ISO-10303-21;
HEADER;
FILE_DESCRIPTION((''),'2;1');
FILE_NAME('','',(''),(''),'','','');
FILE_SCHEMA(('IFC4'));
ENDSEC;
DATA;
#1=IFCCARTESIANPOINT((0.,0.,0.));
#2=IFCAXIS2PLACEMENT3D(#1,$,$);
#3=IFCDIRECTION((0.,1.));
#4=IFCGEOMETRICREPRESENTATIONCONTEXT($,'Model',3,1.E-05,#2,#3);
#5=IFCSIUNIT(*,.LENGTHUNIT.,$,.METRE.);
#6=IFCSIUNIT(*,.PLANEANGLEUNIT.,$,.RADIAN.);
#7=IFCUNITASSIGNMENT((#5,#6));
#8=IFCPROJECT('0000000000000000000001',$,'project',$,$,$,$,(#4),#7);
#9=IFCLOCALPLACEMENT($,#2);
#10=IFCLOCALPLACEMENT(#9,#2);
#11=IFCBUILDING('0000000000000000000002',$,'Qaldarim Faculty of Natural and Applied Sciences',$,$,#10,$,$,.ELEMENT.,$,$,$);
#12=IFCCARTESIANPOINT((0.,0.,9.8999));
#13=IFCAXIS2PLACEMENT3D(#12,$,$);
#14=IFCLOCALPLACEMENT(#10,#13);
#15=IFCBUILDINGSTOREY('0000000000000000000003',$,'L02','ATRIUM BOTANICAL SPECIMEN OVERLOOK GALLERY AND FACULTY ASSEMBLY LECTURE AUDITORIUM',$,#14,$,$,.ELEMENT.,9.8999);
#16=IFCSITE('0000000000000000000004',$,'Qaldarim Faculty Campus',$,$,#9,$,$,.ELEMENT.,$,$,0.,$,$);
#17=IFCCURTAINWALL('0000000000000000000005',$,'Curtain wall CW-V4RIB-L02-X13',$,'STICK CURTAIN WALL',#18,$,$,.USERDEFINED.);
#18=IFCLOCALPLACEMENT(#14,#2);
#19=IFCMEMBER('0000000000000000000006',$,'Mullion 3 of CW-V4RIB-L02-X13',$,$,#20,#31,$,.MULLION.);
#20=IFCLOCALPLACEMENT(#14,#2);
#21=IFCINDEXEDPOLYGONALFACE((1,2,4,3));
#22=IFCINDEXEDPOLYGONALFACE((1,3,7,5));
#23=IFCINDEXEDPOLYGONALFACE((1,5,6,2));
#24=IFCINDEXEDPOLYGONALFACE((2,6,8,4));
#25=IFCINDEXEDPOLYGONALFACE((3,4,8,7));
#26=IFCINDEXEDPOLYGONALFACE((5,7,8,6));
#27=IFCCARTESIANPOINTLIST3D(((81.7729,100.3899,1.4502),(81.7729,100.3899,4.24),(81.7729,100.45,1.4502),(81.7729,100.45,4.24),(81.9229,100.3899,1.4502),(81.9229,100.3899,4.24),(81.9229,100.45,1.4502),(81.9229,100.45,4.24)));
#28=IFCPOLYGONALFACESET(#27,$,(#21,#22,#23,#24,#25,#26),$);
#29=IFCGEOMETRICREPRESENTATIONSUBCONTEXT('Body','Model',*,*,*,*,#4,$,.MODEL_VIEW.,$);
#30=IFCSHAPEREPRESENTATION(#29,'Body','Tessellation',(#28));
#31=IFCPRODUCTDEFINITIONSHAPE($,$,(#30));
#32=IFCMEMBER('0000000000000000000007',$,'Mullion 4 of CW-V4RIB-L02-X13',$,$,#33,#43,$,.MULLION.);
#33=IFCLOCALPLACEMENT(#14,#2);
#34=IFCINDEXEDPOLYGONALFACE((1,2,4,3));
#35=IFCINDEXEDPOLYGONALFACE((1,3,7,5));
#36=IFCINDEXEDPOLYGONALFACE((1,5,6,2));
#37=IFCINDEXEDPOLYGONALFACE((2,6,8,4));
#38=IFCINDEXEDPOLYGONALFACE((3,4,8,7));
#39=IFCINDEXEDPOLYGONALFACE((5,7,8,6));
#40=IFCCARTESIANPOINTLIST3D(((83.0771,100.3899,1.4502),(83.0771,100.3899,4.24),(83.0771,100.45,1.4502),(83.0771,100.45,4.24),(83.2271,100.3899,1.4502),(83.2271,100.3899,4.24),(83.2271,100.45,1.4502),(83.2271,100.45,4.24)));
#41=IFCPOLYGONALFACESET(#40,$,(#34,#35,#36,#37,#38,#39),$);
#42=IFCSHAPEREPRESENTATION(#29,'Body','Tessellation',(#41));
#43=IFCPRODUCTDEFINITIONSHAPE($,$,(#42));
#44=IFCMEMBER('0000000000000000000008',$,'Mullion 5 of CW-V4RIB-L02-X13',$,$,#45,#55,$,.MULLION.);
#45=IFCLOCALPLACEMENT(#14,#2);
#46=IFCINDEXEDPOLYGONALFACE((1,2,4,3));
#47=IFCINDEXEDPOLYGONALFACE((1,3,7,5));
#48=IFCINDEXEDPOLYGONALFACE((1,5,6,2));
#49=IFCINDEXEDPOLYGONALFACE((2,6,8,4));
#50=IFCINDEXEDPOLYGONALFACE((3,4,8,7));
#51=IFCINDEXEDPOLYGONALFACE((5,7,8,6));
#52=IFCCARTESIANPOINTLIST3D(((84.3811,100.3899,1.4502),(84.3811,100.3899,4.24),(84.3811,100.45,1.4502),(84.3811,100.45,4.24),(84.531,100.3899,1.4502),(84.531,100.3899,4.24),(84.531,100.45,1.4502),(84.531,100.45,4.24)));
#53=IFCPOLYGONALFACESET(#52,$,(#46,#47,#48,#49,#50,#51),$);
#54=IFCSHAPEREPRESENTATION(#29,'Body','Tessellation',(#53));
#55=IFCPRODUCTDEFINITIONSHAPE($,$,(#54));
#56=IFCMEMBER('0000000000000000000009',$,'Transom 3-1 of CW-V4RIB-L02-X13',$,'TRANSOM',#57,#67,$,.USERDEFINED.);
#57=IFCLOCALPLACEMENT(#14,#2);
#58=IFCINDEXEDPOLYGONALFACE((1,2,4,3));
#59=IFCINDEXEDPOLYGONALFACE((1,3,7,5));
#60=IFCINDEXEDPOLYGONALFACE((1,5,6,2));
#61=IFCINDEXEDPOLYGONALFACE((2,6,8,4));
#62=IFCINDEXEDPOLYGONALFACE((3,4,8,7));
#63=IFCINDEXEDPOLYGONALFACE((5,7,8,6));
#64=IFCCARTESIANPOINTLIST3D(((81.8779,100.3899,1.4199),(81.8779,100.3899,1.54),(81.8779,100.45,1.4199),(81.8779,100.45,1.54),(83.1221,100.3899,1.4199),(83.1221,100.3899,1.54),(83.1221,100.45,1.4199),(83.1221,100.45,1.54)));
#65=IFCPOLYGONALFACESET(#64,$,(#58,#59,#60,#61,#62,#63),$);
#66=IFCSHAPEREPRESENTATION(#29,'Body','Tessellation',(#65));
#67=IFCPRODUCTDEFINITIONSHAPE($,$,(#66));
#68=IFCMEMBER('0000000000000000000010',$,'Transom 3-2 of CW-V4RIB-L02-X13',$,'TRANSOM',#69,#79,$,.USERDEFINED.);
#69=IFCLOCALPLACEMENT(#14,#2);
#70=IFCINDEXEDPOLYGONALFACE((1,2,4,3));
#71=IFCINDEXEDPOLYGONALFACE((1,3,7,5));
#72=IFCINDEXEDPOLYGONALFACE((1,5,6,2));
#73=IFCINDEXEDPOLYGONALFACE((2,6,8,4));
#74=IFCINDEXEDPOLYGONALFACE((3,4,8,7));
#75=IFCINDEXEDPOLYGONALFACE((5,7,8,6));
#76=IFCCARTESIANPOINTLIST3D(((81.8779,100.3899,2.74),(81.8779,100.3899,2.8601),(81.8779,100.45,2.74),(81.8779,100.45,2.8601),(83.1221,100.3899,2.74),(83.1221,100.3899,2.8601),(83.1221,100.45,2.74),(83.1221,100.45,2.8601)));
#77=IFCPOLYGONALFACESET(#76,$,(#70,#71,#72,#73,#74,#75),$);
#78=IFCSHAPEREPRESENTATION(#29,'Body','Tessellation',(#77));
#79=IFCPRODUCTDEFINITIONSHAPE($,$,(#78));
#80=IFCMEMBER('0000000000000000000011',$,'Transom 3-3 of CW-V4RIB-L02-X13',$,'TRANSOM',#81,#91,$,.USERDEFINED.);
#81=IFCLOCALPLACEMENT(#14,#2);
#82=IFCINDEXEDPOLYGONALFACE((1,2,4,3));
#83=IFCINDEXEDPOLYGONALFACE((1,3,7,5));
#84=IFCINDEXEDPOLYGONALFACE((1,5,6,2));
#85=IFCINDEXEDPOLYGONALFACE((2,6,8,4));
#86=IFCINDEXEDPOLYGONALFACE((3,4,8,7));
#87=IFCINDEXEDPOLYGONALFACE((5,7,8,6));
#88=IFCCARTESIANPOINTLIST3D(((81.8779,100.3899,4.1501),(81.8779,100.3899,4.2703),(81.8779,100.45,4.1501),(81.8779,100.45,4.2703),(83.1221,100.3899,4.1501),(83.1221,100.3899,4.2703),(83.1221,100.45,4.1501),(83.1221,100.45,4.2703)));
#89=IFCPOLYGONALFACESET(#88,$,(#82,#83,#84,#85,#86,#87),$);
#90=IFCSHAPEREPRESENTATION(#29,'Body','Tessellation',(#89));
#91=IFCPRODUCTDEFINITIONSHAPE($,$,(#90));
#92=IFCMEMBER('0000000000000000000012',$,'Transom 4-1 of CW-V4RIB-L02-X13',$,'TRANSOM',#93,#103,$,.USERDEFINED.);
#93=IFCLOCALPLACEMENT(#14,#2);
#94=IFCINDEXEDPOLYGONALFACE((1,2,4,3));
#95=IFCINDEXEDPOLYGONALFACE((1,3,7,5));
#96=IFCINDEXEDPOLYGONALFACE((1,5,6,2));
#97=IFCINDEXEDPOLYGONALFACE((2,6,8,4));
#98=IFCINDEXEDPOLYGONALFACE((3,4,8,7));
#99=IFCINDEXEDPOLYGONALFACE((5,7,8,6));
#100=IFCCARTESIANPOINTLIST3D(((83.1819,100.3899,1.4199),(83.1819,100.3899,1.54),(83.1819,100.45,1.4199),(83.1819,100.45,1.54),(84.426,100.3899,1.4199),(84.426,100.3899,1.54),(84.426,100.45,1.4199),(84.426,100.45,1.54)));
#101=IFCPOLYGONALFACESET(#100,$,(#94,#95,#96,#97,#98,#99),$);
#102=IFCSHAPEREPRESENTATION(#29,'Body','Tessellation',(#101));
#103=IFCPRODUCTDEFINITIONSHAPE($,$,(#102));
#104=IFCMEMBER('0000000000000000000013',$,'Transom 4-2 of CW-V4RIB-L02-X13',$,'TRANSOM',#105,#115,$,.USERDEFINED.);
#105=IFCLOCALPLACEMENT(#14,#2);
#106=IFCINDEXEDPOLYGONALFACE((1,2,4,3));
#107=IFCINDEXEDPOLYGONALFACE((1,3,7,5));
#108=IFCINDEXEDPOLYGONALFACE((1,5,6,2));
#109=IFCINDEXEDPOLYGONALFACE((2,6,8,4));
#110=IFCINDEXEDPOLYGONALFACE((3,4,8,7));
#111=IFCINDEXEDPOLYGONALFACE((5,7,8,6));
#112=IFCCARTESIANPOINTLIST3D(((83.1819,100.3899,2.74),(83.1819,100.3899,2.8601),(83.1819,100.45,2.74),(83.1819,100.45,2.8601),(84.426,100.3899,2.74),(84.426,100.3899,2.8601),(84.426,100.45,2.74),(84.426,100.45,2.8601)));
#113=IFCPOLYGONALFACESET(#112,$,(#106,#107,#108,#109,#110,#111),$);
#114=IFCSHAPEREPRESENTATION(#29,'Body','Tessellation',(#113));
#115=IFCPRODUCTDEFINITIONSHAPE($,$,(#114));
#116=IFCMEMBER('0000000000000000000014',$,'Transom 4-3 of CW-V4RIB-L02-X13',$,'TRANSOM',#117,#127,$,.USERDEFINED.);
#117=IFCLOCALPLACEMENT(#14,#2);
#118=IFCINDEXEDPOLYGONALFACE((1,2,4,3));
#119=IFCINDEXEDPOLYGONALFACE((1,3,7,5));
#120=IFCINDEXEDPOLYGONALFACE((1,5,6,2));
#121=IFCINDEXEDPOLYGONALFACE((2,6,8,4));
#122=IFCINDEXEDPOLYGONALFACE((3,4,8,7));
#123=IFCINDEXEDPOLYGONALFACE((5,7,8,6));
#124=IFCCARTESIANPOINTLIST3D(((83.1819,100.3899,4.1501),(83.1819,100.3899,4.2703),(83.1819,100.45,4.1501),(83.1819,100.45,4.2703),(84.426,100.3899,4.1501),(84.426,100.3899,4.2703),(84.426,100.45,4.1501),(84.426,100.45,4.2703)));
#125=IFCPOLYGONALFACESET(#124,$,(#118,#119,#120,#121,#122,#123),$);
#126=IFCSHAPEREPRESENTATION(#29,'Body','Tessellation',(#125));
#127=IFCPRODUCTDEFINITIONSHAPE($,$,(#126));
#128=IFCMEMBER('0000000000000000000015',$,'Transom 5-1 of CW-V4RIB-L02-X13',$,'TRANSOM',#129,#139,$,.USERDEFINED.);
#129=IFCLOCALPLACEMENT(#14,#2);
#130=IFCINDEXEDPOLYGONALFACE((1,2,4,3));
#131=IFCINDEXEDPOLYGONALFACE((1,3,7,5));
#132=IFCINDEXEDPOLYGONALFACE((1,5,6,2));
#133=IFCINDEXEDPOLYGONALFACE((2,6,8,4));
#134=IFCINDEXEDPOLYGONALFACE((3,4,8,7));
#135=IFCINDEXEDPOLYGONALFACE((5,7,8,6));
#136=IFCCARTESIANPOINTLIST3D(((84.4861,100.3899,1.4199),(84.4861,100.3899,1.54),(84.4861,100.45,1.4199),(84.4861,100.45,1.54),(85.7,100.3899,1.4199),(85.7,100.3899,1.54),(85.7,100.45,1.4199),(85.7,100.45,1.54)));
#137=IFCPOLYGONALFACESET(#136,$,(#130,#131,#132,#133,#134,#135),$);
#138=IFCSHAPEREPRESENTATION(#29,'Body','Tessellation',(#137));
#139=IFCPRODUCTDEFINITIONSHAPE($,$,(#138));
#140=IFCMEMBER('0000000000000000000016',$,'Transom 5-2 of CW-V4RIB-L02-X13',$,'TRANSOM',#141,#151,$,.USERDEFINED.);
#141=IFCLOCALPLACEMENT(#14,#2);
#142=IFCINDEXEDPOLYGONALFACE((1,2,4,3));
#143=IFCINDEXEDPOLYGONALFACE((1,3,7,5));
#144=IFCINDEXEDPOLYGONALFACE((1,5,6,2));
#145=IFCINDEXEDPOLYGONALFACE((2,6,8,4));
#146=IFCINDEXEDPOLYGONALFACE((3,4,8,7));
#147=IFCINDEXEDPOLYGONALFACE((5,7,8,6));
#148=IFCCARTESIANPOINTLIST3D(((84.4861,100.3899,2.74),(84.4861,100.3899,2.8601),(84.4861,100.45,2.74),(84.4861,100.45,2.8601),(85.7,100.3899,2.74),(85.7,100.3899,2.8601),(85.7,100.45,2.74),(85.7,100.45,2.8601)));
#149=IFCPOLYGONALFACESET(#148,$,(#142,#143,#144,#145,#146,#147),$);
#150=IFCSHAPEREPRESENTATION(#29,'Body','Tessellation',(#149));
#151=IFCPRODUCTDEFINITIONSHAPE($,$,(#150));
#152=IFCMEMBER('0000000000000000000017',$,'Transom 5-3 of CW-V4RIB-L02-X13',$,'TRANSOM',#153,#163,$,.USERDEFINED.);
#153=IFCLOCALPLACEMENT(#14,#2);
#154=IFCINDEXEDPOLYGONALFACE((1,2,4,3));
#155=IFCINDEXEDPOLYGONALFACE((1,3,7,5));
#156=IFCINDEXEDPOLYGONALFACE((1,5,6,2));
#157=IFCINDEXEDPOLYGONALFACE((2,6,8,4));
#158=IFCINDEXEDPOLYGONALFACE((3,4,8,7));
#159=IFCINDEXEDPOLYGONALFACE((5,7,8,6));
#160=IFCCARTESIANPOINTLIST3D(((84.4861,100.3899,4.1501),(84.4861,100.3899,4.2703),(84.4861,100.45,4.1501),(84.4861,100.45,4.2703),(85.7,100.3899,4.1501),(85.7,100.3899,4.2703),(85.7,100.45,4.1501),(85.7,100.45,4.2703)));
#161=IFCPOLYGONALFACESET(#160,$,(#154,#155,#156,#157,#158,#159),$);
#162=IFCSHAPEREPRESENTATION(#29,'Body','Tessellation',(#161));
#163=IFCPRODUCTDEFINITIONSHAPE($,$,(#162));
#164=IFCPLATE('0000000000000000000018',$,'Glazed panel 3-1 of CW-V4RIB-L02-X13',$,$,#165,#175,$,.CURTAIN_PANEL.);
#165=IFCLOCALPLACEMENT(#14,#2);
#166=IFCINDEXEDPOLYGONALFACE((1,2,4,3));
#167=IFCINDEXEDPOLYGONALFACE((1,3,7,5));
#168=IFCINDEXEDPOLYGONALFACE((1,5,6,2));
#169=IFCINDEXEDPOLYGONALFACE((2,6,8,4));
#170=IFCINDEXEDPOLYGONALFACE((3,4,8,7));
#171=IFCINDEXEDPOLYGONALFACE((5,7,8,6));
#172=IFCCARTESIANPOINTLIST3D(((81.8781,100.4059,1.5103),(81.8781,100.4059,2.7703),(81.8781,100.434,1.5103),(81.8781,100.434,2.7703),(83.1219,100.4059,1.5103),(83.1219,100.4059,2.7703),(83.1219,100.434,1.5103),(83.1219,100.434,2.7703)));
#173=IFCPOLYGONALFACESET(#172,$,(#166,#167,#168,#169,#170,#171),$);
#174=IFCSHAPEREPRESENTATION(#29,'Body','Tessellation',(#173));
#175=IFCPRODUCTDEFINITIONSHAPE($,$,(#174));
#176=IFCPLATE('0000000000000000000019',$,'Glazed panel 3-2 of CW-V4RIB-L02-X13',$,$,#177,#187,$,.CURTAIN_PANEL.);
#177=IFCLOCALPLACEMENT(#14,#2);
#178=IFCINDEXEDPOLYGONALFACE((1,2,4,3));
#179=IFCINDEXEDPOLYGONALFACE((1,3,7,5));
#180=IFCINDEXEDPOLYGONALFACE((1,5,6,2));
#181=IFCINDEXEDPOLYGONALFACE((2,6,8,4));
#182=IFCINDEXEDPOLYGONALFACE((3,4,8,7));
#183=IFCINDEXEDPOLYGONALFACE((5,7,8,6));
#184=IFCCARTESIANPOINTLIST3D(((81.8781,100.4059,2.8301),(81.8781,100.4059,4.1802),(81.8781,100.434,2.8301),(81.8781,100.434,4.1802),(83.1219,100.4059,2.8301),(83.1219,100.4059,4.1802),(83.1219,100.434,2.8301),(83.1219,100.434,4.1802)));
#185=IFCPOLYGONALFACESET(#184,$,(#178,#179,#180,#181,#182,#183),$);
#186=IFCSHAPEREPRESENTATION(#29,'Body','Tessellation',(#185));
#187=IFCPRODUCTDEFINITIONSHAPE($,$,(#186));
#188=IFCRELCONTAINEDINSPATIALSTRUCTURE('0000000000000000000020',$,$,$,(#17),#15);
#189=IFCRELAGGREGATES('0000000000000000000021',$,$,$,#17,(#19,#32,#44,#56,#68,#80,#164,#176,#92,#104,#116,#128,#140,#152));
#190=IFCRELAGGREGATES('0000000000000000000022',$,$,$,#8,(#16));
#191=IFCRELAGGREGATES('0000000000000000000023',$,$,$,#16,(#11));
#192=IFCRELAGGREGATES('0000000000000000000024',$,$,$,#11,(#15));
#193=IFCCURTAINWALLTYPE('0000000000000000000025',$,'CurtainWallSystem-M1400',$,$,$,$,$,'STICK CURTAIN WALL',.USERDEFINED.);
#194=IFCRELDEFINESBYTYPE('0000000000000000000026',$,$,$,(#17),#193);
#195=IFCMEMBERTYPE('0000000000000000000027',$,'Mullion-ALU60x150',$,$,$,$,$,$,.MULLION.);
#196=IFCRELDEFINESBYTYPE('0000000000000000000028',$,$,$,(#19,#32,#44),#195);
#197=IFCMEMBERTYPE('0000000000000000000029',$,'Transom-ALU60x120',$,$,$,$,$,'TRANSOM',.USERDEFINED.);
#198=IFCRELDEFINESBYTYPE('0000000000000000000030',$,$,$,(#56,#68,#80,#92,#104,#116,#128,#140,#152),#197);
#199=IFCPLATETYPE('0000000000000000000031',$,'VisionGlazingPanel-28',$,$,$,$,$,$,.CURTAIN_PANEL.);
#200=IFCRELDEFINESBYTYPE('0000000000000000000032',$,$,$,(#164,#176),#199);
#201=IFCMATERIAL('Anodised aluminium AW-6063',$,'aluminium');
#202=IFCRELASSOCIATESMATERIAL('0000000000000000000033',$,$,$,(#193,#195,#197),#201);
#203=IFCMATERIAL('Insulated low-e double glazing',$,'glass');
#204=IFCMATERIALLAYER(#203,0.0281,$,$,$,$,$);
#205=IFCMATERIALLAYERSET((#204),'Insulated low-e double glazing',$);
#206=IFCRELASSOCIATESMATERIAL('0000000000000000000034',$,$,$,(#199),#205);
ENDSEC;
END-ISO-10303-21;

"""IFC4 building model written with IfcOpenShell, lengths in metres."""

from ifc_helpers import new_model, si_unit, direction, frame, origin, origin_2d, place, context, subcontext, project, spatial, rectangle, extrude, material, layer, layer_set, material_profile, profile_set, type_object, element, aggregate, save


model = new_model("IFC4")

# Units and contexts
model_context = context("Model", 3, precision=1e-05, world=origin(), true_north=direction((0.0, 1.0)))
body_context = subcontext(model_context, "Body", "Model", "MODEL_VIEW")
ifc_project = project(units=[si_unit("LENGTHUNIT", "METRE"), si_unit("PLANEANGLEUNIT", "RADIAN")], contexts=[model_context])

# Site, building, storey
site_placement = place(None, origin())
site = spatial("IfcSite", under=ifc_project, at=site_placement, Name="Qaldarim Faculty Campus", CompositionType="ELEMENT", RefElevation=0.0)
building_placement = place(site_placement, origin())
building = spatial("IfcBuilding", under=site, at=building_placement, Name="Qaldarim Faculty of Natural and Applied Sciences", CompositionType="ELEMENT")
storey_placement = place(building_placement, frame((0.0, 0.0, 9.8999)))
storey = spatial("IfcBuildingStorey", under=building, at=storey_placement, Name="L02", Description="ATRIUM BOTANICAL SPECIMEN OVERLOOK GALLERY AND FACULTY ASSEMBLY LECTURE AUDITORIUM", CompositionType="ELEMENT", Elevation=9.8999)

# Curtain wall, members, plates
ifc_material_1 = material(Name="Anodised aluminium AW-6063", Category="aluminium")
curtain_wall_type = type_object("IfcCurtainWallType", Name="CurtainWallSystem-M1400", ElementType="STICK CURTAIN WALL", PredefinedType="USERDEFINED", material=ifc_material_1)
curtain_wall_placement = place(storey_placement, origin())
curtain_wall = element("IfcCurtainWall", 1, at=curtain_wall_placement, inside=storey, type_object=curtain_wall_type, Name="Curtain wall CW-V4RIB-L02-X13", ObjectType="STICK CURTAIN WALL", PredefinedType="USERDEFINED")
ifc_material_profile_1 = material_profile(ifc_material_1, rectangle(XDim=0.0601, YDim=0.1499, at=origin_2d()), Name="ALU-M60x150")
ifc_profile_set_1 = profile_set([ifc_material_profile_1], Name="Anodised aluminium AW-6063")
member_type_1 = type_object("IfcMemberType", Name="Mullion-ALU60x150", PredefinedType="MULLION", material=ifc_profile_set_1)
member_1_placement = place(storey_placement, frame((81.8479, 100.4199, 1.4502), z_axis=(0.0, 0.0, 1.0), x_axis=(0.0, 1.0, 0.0)))
member_1 = element("IfcMember", 2, at=member_1_placement, type_object=member_type_1, Name="Mullion 3 of CW-V4RIB-L02-X13", PredefinedType="MULLION", context=body_context, shape_type="SweptSolid", body=[
    extrude(rectangle(XDim=0.0601, YDim=0.1499, at=origin_2d()), origin(), (0.0, 0.0, 1.0), 2.7898),
])
member_2_placement = place(storey_placement, frame((83.1521, 100.4199, 1.4502), z_axis=(0.0, 0.0, 1.0), x_axis=(0.0, 1.0, 0.0)))
member_2 = element("IfcMember", 3, at=member_2_placement, type_object=member_type_1, Name="Mullion 4 of CW-V4RIB-L02-X13", PredefinedType="MULLION", context=body_context, shape_type="SweptSolid", body=[
    extrude(rectangle(XDim=0.0601, YDim=0.1499, at=origin_2d()), origin(), (0.0, 0.0, 1.0), 2.7898),
])
member_3_placement = place(storey_placement, frame((84.4561, 100.4199, 1.4502), z_axis=(0.0, 0.0, 1.0), x_axis=(0.0, 1.0, 0.0)))
member_3 = element("IfcMember", 4, at=member_3_placement, type_object=member_type_1, Name="Mullion 5 of CW-V4RIB-L02-X13", PredefinedType="MULLION", context=body_context, shape_type="SweptSolid", body=[
    extrude(rectangle(XDim=0.0601, YDim=0.1499, at=origin_2d()), origin(), (0.0, 0.0, 1.0), 2.7898),
])
ifc_material_profile_2 = material_profile(ifc_material_1, rectangle(XDim=0.0601, YDim=0.1201, at=origin_2d()), Name="ALU-T60x120")
ifc_profile_set_2 = profile_set([ifc_material_profile_2], Name="Anodised aluminium AW-6063")
member_type_2 = type_object("IfcMemberType", Name="Transom-ALU60x120", ElementType="TRANSOM", PredefinedType="USERDEFINED", material=ifc_profile_set_2)
member_4_placement = place(storey_placement, frame((81.8779, 100.4199, 1.48), z_axis=(1.0, 0.0, 0.0), x_axis=(0.0, 1.0, 0.0)))
member_4 = element("IfcMember", 5, at=member_4_placement, type_object=member_type_2, Name="Transom 3-1 of CW-V4RIB-L02-X13", ObjectType="TRANSOM", PredefinedType="USERDEFINED", context=body_context, shape_type="SweptSolid", body=[
    extrude(rectangle(XDim=0.0601, YDim=0.1201, at=origin_2d()), origin(), (0.0, 0.0, 1.0), 1.2441),
])
member_5_placement = place(storey_placement, frame((81.8779, 100.4199, 2.8), z_axis=(1.0, 0.0, 0.0), x_axis=(0.0, 1.0, 0.0)))
member_5 = element("IfcMember", 6, at=member_5_placement, type_object=member_type_2, Name="Transom 3-2 of CW-V4RIB-L02-X13", ObjectType="TRANSOM", PredefinedType="USERDEFINED", context=body_context, shape_type="SweptSolid", body=[
    extrude(rectangle(XDim=0.0601, YDim=0.1201, at=origin_2d()), origin(), (0.0, 0.0, 1.0), 1.2441),
])
member_6_placement = place(storey_placement, frame((81.8779, 100.4199, 4.2102), z_axis=(1.0, 0.0, 0.0), x_axis=(0.0, 1.0, 0.0)))
member_6 = element("IfcMember", 7, at=member_6_placement, type_object=member_type_2, Name="Transom 3-3 of CW-V4RIB-L02-X13", ObjectType="TRANSOM", PredefinedType="USERDEFINED", context=body_context, shape_type="SweptSolid", body=[
    extrude(rectangle(XDim=0.0601, YDim=0.1201, at=origin_2d()), origin(), (0.0, 0.0, 1.0), 1.2441),
])
member_7_placement = place(storey_placement, frame((83.1819, 100.4199, 1.48), z_axis=(1.0, 0.0, 0.0), x_axis=(0.0, 1.0, 0.0)))
member_7 = element("IfcMember", 8, at=member_7_placement, type_object=member_type_2, Name="Transom 4-1 of CW-V4RIB-L02-X13", ObjectType="TRANSOM", PredefinedType="USERDEFINED", context=body_context, shape_type="SweptSolid", body=[
    extrude(rectangle(XDim=0.0601, YDim=0.1201, at=origin_2d()), origin(), (0.0, 0.0, 1.0), 1.2441),
])
member_8_placement = place(storey_placement, frame((83.1819, 100.4199, 2.8), z_axis=(1.0, 0.0, 0.0), x_axis=(0.0, 1.0, 0.0)))
member_8 = element("IfcMember", 9, at=member_8_placement, type_object=member_type_2, Name="Transom 4-2 of CW-V4RIB-L02-X13", ObjectType="TRANSOM", PredefinedType="USERDEFINED", context=body_context, shape_type="SweptSolid", body=[
    extrude(rectangle(XDim=0.0601, YDim=0.1201, at=origin_2d()), origin(), (0.0, 0.0, 1.0), 1.2441),
])
member_9_placement = place(storey_placement, frame((83.1819, 100.4199, 4.2102), z_axis=(1.0, 0.0, 0.0), x_axis=(0.0, 1.0, 0.0)))
member_9 = element("IfcMember", 10, at=member_9_placement, type_object=member_type_2, Name="Transom 4-3 of CW-V4RIB-L02-X13", ObjectType="TRANSOM", PredefinedType="USERDEFINED", context=body_context, shape_type="SweptSolid", body=[
    extrude(rectangle(XDim=0.0601, YDim=0.1201, at=origin_2d()), origin(), (0.0, 0.0, 1.0), 1.2441),
])
member_10_placement = place(storey_placement, frame((84.4861, 100.4199, 1.48), z_axis=(1.0, 0.0, 0.0), x_axis=(0.0, 1.0, 0.0)))
member_10 = element("IfcMember", 11, at=member_10_placement, type_object=member_type_2, Name="Transom 5-1 of CW-V4RIB-L02-X13", ObjectType="TRANSOM", PredefinedType="USERDEFINED", context=body_context, shape_type="SweptSolid", body=[
    extrude(rectangle(XDim=0.0601, YDim=0.1201, at=origin_2d()), origin(), (0.0, 0.0, 1.0), 1.2139),
])
member_11_placement = place(storey_placement, frame((84.4861, 100.4199, 2.8), z_axis=(1.0, 0.0, 0.0), x_axis=(0.0, 1.0, 0.0)))
member_11 = element("IfcMember", 12, at=member_11_placement, type_object=member_type_2, Name="Transom 5-2 of CW-V4RIB-L02-X13", ObjectType="TRANSOM", PredefinedType="USERDEFINED", context=body_context, shape_type="SweptSolid", body=[
    extrude(rectangle(XDim=0.0601, YDim=0.1201, at=origin_2d()), origin(), (0.0, 0.0, 1.0), 1.2139),
])
member_12_placement = place(storey_placement, frame((84.4861, 100.4199, 4.2102), z_axis=(1.0, 0.0, 0.0), x_axis=(0.0, 1.0, 0.0)))
member_12 = element("IfcMember", 13, at=member_12_placement, type_object=member_type_2, Name="Transom 5-3 of CW-V4RIB-L02-X13", ObjectType="TRANSOM", PredefinedType="USERDEFINED", context=body_context, shape_type="SweptSolid", body=[
    extrude(rectangle(XDim=0.0601, YDim=0.1201, at=origin_2d()), origin(), (0.0, 0.0, 1.0), 1.2139),
])
ifc_material_2 = material(Name="Insulated low-e double glazing", Category="glass")
ifc_layer_1 = layer(ifc_material_2, 0.0281)
ifc_layer_set_1 = layer_set([ifc_layer_1], Name="Insulated low-e double glazing")
plate_type = type_object("IfcPlateType", Name="VisionGlazingPanel-28", PredefinedType="CURTAIN_PANEL", material=ifc_layer_set_1)
plate_1_placement = place(storey_placement, frame((82.5, 100.4199, 1.5103), z_axis=(0.0, 0.0, 1.0), x_axis=(1.0, 0.0, 0.0)))
plate_1 = element("IfcPlate", 14, at=plate_1_placement, type_object=plate_type, Name="Glazed panel 3-1 of CW-V4RIB-L02-X13", PredefinedType="CURTAIN_PANEL", context=body_context, shape_type="SweptSolid", body=[
    extrude(rectangle(XDim=1.2439, YDim=0.0281, at=origin_2d()), origin(), (0.0, 0.0, 1.0), 1.26),
])
plate_2_placement = place(storey_placement, frame((82.5, 100.4199, 2.8301), z_axis=(0.0, 0.0, 1.0), x_axis=(1.0, 0.0, 0.0)))
plate_2 = element("IfcPlate", 15, at=plate_2_placement, type_object=plate_type, Name="Glazed panel 3-2 of CW-V4RIB-L02-X13", PredefinedType="CURTAIN_PANEL", context=body_context, shape_type="SweptSolid", body=[
    extrude(rectangle(XDim=1.2439, YDim=0.0281, at=origin_2d()), origin(), (0.0, 0.0, 1.0), 1.3501),
])
aggregate(curtain_wall, [member_1, member_2, member_3, member_4, member_5, member_6, plate_1, plate_2, member_7, member_8, member_9, member_10, member_11, member_12])

save(model, "model.ifc")
